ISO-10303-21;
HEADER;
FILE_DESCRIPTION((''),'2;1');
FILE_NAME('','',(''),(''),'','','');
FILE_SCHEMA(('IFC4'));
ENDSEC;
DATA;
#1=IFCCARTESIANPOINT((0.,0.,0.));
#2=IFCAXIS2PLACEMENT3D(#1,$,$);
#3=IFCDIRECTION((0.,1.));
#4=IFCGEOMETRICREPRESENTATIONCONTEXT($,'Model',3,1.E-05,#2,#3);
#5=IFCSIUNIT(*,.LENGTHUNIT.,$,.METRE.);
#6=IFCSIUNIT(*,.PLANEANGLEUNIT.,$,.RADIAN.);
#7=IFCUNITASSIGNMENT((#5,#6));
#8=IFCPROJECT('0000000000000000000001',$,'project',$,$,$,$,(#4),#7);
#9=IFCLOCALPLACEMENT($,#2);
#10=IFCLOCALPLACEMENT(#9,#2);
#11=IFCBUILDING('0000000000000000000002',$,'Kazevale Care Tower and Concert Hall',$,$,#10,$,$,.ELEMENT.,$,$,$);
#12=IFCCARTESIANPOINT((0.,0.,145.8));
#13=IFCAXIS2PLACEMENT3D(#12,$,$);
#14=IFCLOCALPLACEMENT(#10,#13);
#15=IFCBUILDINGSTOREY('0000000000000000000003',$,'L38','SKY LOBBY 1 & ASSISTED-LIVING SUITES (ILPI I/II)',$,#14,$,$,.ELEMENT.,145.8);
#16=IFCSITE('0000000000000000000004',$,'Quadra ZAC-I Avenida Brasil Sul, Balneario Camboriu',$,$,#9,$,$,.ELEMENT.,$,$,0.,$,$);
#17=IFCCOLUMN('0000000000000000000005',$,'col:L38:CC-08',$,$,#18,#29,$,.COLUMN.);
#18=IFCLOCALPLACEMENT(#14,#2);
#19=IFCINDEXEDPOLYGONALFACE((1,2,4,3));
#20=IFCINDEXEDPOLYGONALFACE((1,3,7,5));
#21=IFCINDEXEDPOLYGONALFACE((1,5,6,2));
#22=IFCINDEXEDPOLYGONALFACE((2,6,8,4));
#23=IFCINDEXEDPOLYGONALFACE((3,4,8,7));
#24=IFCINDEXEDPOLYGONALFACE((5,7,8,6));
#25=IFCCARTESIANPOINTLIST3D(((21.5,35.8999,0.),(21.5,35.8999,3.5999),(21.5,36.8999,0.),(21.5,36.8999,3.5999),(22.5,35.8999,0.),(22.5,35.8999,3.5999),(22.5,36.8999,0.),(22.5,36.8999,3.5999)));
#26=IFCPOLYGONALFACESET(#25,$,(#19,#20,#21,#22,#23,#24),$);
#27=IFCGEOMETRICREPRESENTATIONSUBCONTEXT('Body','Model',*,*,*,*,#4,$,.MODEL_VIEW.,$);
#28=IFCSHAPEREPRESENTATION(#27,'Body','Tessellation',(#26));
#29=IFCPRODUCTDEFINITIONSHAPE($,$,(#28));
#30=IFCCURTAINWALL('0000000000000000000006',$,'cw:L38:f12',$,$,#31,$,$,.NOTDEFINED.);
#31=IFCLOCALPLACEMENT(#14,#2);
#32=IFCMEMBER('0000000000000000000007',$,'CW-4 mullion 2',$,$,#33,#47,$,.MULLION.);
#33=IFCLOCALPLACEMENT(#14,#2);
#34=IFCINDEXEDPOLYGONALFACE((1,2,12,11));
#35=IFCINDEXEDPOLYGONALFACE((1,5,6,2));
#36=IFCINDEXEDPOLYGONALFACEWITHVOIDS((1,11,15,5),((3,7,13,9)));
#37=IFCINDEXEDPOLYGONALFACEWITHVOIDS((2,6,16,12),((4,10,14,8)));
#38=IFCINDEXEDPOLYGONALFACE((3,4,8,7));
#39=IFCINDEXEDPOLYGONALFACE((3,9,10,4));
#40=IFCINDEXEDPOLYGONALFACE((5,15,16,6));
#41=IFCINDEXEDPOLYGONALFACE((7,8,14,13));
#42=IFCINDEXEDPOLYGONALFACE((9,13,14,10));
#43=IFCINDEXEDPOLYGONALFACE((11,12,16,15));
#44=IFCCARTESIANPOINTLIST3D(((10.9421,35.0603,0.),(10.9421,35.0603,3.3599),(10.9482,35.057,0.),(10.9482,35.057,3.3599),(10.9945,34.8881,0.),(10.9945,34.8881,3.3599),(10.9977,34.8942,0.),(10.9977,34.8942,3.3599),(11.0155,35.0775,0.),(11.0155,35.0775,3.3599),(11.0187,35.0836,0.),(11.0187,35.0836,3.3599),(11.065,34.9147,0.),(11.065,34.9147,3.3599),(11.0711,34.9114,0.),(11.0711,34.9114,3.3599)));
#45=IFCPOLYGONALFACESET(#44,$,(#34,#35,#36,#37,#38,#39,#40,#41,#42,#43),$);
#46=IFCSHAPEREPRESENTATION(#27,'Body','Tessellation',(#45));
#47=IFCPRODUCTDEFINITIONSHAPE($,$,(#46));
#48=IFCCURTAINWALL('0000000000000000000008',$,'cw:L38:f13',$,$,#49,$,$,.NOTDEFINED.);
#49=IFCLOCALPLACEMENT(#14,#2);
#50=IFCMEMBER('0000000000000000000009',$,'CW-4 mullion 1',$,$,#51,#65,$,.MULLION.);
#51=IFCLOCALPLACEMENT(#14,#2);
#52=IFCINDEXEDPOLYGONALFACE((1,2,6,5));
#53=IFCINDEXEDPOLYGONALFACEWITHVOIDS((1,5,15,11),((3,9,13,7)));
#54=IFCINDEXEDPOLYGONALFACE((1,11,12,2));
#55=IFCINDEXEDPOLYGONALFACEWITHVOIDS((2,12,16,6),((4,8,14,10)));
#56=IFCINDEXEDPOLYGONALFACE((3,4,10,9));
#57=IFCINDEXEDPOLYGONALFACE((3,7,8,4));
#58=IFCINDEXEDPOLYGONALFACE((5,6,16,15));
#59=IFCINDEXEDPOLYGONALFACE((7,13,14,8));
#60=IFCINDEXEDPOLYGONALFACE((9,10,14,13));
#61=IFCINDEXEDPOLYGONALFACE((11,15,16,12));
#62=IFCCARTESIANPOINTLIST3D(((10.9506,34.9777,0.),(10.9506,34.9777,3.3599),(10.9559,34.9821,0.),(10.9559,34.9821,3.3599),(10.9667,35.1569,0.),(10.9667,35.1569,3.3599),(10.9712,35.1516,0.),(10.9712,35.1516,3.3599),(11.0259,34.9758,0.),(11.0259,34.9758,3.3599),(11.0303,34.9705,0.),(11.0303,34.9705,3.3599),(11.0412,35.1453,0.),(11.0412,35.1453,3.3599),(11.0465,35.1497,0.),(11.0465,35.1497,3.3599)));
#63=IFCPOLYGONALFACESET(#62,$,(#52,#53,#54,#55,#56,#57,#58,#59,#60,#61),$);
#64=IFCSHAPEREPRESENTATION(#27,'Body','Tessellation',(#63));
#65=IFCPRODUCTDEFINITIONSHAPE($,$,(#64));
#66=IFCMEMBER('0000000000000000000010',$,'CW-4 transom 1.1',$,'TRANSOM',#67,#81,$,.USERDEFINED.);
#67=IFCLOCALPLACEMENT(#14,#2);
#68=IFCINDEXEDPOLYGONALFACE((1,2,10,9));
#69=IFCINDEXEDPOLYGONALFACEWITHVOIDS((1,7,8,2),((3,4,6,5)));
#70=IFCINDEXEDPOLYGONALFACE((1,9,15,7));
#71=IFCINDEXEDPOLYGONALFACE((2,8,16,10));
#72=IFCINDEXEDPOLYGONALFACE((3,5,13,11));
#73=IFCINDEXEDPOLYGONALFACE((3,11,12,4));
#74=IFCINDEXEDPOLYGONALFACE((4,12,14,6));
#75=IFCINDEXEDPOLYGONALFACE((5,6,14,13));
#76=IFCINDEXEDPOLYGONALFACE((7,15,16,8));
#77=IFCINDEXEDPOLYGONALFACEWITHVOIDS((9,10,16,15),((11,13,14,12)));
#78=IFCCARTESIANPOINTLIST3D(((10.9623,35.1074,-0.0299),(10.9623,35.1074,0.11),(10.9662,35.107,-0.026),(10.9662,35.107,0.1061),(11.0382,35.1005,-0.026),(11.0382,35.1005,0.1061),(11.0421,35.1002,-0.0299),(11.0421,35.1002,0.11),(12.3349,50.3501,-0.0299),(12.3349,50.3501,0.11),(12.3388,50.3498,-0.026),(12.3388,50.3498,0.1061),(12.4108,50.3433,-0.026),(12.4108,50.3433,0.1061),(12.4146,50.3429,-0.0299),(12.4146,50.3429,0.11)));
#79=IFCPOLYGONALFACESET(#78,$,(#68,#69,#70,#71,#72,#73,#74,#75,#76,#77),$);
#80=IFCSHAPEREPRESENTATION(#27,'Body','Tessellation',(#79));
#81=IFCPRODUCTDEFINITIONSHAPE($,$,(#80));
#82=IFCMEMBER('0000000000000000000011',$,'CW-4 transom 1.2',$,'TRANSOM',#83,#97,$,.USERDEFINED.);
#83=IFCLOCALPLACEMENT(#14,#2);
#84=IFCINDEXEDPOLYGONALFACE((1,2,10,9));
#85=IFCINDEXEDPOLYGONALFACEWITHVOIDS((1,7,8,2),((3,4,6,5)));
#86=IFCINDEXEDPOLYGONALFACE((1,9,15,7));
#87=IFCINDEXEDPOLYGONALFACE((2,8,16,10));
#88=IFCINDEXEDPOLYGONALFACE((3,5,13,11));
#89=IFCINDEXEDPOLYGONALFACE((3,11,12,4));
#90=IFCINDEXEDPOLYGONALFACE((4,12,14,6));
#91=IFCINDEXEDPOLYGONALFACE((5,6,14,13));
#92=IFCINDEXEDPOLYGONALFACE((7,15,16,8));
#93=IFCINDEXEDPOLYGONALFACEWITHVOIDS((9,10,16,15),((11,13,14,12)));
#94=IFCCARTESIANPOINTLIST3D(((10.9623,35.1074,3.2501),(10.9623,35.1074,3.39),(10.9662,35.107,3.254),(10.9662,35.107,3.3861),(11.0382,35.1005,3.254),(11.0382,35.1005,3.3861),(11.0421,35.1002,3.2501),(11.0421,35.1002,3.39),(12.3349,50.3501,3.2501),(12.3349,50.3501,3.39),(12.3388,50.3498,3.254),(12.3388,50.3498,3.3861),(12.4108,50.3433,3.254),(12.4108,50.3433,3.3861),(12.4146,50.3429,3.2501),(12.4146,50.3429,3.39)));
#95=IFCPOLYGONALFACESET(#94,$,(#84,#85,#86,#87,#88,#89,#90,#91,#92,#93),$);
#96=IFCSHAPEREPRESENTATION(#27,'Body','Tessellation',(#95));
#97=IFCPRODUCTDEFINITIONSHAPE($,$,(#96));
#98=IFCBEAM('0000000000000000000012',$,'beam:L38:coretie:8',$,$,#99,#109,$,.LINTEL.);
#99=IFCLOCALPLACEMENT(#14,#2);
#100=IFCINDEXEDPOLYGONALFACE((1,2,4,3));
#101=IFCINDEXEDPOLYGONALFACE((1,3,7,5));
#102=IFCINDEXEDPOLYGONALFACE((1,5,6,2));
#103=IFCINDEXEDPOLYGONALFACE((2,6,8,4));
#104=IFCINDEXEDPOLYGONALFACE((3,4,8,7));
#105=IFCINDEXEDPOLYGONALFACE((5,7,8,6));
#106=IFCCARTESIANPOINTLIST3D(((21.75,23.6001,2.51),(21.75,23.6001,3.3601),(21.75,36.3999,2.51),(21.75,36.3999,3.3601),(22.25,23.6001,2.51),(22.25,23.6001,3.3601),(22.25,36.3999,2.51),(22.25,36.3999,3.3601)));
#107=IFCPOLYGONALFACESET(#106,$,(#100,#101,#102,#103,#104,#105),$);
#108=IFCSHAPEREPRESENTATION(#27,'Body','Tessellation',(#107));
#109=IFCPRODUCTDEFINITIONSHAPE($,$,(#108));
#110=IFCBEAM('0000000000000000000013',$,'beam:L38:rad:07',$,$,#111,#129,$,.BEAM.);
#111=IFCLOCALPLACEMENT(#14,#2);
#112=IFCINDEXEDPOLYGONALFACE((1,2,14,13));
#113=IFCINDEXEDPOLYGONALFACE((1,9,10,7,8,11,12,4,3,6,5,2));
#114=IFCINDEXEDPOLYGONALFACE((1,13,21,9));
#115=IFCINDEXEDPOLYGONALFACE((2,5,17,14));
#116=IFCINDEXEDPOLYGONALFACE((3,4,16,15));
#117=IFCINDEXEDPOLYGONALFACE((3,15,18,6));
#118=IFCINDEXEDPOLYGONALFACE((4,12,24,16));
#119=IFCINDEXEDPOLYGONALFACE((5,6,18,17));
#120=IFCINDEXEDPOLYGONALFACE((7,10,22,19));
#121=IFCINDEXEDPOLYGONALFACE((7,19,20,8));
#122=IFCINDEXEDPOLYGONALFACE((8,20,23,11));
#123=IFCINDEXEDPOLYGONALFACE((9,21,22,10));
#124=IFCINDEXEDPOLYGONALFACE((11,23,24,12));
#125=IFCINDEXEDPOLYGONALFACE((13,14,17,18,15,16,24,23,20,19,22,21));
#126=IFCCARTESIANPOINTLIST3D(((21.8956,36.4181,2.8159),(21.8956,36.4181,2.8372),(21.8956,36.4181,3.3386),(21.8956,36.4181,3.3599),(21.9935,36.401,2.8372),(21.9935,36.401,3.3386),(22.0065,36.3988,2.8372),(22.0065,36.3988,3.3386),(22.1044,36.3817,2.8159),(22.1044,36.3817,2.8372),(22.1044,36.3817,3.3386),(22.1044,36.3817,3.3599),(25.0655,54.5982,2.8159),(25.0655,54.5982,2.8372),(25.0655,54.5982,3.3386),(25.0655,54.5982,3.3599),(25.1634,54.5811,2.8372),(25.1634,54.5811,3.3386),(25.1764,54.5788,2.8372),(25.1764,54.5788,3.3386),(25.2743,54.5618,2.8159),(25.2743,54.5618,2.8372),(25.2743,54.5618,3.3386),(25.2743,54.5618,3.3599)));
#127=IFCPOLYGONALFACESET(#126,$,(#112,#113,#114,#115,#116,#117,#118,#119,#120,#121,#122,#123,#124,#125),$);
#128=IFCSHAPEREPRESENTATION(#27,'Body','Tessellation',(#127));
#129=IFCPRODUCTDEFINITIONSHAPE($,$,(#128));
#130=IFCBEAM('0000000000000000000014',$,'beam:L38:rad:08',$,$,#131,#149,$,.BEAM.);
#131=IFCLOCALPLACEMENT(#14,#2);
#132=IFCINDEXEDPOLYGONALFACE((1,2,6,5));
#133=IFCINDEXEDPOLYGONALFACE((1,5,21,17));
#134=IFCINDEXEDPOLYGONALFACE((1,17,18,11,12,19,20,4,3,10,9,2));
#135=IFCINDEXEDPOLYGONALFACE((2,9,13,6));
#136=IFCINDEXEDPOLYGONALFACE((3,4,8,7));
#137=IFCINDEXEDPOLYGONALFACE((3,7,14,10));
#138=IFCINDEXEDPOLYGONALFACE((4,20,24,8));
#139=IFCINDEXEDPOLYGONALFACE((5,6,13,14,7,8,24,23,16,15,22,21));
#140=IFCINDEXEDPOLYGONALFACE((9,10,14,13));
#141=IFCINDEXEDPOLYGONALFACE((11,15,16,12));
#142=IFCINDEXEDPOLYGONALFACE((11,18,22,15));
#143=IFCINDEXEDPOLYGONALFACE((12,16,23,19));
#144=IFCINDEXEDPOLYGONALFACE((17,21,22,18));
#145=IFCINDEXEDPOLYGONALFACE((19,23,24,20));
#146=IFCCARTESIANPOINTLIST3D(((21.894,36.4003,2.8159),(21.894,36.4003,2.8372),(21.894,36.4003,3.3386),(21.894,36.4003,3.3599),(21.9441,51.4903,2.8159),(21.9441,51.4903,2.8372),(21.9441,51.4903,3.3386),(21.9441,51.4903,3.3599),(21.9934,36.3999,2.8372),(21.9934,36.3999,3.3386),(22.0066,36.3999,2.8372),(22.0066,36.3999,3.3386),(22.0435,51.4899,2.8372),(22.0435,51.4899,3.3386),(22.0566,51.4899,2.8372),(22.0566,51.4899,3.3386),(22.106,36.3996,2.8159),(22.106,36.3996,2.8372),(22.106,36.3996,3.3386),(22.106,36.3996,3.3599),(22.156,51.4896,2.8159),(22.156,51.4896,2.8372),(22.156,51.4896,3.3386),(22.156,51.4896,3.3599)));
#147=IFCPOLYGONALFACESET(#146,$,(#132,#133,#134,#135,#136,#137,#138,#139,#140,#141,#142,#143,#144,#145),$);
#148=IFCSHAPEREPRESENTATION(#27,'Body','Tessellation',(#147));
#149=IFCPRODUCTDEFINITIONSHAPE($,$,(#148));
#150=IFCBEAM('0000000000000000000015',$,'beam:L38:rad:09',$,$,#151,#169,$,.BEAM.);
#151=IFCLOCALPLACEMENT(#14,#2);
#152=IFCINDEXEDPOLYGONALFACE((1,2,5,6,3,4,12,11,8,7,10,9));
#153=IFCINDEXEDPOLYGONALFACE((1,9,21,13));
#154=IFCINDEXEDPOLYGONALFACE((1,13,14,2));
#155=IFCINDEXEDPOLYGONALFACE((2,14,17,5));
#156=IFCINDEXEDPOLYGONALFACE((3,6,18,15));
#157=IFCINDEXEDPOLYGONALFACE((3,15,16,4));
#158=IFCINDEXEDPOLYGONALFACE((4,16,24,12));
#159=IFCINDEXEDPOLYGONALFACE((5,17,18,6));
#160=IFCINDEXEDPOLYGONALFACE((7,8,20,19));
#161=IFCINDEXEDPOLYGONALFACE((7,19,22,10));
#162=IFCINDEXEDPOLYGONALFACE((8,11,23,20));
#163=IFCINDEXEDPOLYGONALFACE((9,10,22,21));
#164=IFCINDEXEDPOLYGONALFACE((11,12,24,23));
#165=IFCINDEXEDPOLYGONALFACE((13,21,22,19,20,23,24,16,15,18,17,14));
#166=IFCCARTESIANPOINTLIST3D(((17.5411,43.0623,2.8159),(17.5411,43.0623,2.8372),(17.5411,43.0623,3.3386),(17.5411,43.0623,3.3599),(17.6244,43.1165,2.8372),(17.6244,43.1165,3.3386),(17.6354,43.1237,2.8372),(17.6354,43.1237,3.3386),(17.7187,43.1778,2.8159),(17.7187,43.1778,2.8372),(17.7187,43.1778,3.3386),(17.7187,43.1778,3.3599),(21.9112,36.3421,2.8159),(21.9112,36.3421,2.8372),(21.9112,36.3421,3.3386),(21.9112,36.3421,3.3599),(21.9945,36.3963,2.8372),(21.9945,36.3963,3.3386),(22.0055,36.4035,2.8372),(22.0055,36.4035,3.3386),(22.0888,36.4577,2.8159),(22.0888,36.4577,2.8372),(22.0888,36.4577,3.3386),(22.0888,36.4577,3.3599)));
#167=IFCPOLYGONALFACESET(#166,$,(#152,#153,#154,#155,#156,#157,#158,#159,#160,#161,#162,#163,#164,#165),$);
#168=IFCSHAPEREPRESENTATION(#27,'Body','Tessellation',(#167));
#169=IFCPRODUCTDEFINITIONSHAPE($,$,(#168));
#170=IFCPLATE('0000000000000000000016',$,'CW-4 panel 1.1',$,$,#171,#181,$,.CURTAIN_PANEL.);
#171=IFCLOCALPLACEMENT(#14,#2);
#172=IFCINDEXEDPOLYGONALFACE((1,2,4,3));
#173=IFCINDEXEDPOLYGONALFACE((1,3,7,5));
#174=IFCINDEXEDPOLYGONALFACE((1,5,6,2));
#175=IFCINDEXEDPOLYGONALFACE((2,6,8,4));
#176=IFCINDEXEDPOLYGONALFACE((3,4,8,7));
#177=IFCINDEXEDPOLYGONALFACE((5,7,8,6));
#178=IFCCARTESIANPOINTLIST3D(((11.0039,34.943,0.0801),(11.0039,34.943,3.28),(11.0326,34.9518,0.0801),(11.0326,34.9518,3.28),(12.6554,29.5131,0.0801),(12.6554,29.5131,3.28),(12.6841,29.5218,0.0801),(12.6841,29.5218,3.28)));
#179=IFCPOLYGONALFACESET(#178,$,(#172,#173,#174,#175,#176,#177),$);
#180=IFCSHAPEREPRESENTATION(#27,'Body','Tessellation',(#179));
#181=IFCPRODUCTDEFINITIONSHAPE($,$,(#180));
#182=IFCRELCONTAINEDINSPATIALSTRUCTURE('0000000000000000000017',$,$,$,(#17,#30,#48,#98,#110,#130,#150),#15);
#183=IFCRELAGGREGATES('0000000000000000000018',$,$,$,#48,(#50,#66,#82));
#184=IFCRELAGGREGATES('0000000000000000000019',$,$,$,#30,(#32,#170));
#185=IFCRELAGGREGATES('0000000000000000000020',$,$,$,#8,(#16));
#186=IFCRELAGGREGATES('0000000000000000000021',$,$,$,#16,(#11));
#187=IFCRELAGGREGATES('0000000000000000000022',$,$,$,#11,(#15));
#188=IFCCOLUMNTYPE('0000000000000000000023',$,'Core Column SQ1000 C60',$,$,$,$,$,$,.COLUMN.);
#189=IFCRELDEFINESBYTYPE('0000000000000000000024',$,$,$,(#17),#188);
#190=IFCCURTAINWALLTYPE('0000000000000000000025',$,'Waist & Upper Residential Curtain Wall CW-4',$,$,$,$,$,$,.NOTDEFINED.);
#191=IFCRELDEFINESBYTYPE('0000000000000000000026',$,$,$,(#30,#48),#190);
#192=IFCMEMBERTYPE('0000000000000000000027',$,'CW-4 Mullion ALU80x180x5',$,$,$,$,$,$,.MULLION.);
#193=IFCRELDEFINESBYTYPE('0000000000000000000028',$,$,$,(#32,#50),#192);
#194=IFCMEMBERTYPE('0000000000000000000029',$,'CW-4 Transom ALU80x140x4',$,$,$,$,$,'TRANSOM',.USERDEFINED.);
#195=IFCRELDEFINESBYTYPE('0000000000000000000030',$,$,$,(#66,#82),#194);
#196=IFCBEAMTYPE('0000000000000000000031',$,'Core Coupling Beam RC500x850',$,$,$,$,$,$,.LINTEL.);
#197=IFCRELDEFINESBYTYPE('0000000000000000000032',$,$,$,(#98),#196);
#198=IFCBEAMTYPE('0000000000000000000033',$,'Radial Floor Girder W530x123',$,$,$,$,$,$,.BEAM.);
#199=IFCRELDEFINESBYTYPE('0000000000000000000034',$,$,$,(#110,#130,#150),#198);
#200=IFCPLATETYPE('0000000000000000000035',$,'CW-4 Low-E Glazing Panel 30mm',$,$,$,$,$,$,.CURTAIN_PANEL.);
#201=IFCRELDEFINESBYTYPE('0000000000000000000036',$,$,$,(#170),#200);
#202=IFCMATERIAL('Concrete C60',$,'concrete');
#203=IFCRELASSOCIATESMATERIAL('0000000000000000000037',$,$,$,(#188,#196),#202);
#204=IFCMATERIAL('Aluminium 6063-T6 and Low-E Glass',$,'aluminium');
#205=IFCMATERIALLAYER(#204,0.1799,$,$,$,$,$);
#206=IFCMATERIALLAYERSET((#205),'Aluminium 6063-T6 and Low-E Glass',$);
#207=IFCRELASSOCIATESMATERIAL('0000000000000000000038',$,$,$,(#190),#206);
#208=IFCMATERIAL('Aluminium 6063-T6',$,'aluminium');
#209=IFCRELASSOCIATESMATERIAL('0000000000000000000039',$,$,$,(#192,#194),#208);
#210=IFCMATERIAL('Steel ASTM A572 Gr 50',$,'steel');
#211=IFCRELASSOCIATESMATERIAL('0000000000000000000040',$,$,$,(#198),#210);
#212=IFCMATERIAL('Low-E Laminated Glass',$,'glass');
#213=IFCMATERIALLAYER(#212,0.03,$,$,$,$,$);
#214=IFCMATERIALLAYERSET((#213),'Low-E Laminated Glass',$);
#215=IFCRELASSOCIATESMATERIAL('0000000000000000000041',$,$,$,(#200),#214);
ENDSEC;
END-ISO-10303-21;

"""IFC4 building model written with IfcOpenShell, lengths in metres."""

from ifc_helpers import new_model, si_unit, direction, frame, origin, origin_2d, place, context, subcontext, project, spatial, rectangle, hollow_rectangle, i_section, extrude, material, layer, layer_set, material_profile, profile_set, type_object, element, aggregate, save


model = new_model("IFC4")

# Units and contexts
model_context = context("Model", 3, precision=1e-05, world=origin(), true_north=direction((0.0, 1.0)))
body_context = subcontext(model_context, "Body", "Model", "MODEL_VIEW")
ifc_project = project(units=[si_unit("LENGTHUNIT", "METRE"), si_unit("PLANEANGLEUNIT", "RADIAN")], contexts=[model_context])

# Site, building, storey
site_placement = place(None, origin())
site = spatial("IfcSite", under=ifc_project, at=site_placement, Name="Quadra ZAC-I Avenida Brasil Sul, Balneario Camboriu", CompositionType="ELEMENT", RefElevation=0.0)
building_placement = place(site_placement, origin())
building = spatial("IfcBuilding", under=site, at=building_placement, Name="Kazevale Care Tower and Concert Hall", CompositionType="ELEMENT")
storey_placement = place(building_placement, frame((0.0, 0.0, 145.8)))
storey = spatial("IfcBuildingStorey", under=building, at=storey_placement, Name="L38", Description="SKY LOBBY 1 & ASSISTED-LIVING SUITES (ILPI I/II)", CompositionType="ELEMENT", Elevation=145.8)

# Column
ifc_material_1 = material(Name="Concrete C60", Category="concrete")
ifc_material_profile_1 = material_profile(ifc_material_1, rectangle(XDim=1.0, YDim=1.0, at=origin_2d()), Name="RC-SQ1000")
ifc_profile_set_1 = profile_set([ifc_material_profile_1], Name="Concrete C60")
column_type = type_object("IfcColumnType", Name="Core Column SQ1000 C60", PredefinedType="COLUMN", material=ifc_profile_set_1)
column_placement = place(storey_placement, frame((22.0, 36.3999, 0.0), z_axis=(0.0, 0.0, 1.0), x_axis=(1.0, 0.0, 0.0)))
element("IfcColumn", 1, at=column_placement, inside=storey, type_object=column_type, Name="col:L38:CC-08", PredefinedType="COLUMN", context=body_context, shape_type="SweptSolid", body=[
    extrude(rectangle(XDim=1.0, YDim=1.0, at=origin_2d()), origin(), (0.0, 0.0, 1.0), 3.5999),
])

# Curtain wall, member
ifc_material_2 = material(Name="Aluminium 6063-T6 and Low-E Glass", Category="aluminium")
ifc_layer_1 = layer(ifc_material_2, 0.1799)
ifc_layer_set_1 = layer_set([ifc_layer_1], Name="Aluminium 6063-T6 and Low-E Glass")
curtain_wall_type = type_object("IfcCurtainWallType", Name="Waist & Upper Residential Curtain Wall CW-4", PredefinedType="NOTDEFINED", material=ifc_layer_set_1)
curtain_wall_1_placement = place(storey_placement, origin())
curtain_wall_1 = element("IfcCurtainWall", 2, at=curtain_wall_1_placement, inside=storey, type_object=curtain_wall_type, Name="cw:L38:f12", PredefinedType="NOTDEFINED")
ifc_material_3 = material(Name="Aluminium 6063-T6", Category="aluminium")
ifc_material_profile_2 = material_profile(ifc_material_3, hollow_rectangle(XDim=0.0801, YDim=0.1799, WallThickness=0.0049, at=origin_2d()), Name="ALU80x180x5")
ifc_profile_set_2 = profile_set([ifc_material_profile_2], Name="Aluminium 6063-T6")
member_type_1 = type_object("IfcMemberType", Name="CW-4 Mullion ALU80x180x5", PredefinedType="MULLION", material=ifc_profile_set_2)
member_1_placement = place(storey_placement, frame((11.0066, 34.9858, 0.0), z_axis=(0.0, 0.0, 1.0), x_axis=(-0.95673, -0.290977, 0.0)))
member_1 = element("IfcMember", 3, at=member_1_placement, type_object=member_type_1, Name="CW-4 mullion 2", PredefinedType="MULLION", context=body_context, shape_type="SweptSolid", body=[
    extrude(hollow_rectangle(XDim=0.0801, YDim=0.1799, WallThickness=0.0049, at=origin_2d()), origin(), (0.0, 0.0, 1.0), 3.3599),
])

# Curtain wall, members
curtain_wall_2_placement = place(storey_placement, origin())
curtain_wall_2 = element("IfcCurtainWall", 4, at=curtain_wall_2_placement, inside=storey, type_object=curtain_wall_type, Name="cw:L38:f13", PredefinedType="NOTDEFINED")
member_2_placement = place(storey_placement, frame((10.9985, 35.0637, 0.0), z_axis=(0.0, 0.0, 1.0), x_axis=(-0.99597, 0.08969, 0.0)))
member_2 = element("IfcMember", 5, at=member_2_placement, type_object=member_type_1, Name="CW-4 mullion 1", PredefinedType="MULLION", context=body_context, shape_type="SweptSolid", body=[
    extrude(hollow_rectangle(XDim=0.0801, YDim=0.1799, WallThickness=0.0049, at=origin_2d()), origin(), (0.0, 0.0, 1.0), 3.3599),
])
ifc_material_profile_3 = material_profile(ifc_material_3, hollow_rectangle(XDim=0.0801, YDim=0.1399, WallThickness=0.0039, at=origin_2d()), Name="ALU80x140x4")
ifc_profile_set_3 = profile_set([ifc_material_profile_3], Name="Aluminium 6063-T6")
member_type_2 = type_object("IfcMemberType", Name="CW-4 Transom ALU80x140x4", ElementType="TRANSOM", PredefinedType="USERDEFINED", material=ifc_profile_set_3)
member_3_placement = place(storey_placement, frame((11.0022, 35.1038, 0.04), z_axis=(0.089684, 0.99597, 0.0), x_axis=(-0.99597, 0.089684, 0.0)))
member_3 = element("IfcMember", 6, at=member_3_placement, type_object=member_type_2, Name="CW-4 transom 1.1", ObjectType="TRANSOM", PredefinedType="USERDEFINED", context=body_context, shape_type="SweptSolid", body=[
    extrude(hollow_rectangle(XDim=0.0801, YDim=0.1399, WallThickness=0.0039, at=origin_2d()), origin(), (0.0, 0.0, 1.0), 15.3044),
])
member_4_placement = place(storey_placement, frame((11.0022, 35.1038, 3.3201), z_axis=(0.089684, 0.99597, 0.0), x_axis=(-0.99597, 0.089684, 0.0)))
member_4 = element("IfcMember", 7, at=member_4_placement, type_object=member_type_2, Name="CW-4 transom 1.2", ObjectType="TRANSOM", PredefinedType="USERDEFINED", context=body_context, shape_type="SweptSolid", body=[
    extrude(hollow_rectangle(XDim=0.0801, YDim=0.1399, WallThickness=0.0039, at=origin_2d()), origin(), (0.0, 0.0, 1.0), 15.3044),
])
aggregate(curtain_wall_2, [member_2, member_3, member_4])

# Beams
ifc_material_profile_4 = material_profile(ifc_material_1, rectangle(XDim=0.5, YDim=0.8501, at=origin_2d()), Name="RC-B500x850")
ifc_profile_set_4 = profile_set([ifc_material_profile_4], Name="Concrete C60")
beam_type_1 = type_object("IfcBeamType", Name="Core Coupling Beam RC500x850", PredefinedType="LINTEL", material=ifc_profile_set_4)
beam_1_placement = place(storey_placement, frame((22.0, 36.3999, 2.9351), z_axis=(0.0, -1.0, 0.0), x_axis=(1.0, 0.0, 0.0)))
element("IfcBeam", 8, at=beam_1_placement, inside=storey, type_object=beam_type_1, Name="beam:L38:coretie:8", PredefinedType="LINTEL", context=body_context, shape_type="SweptSolid", body=[
    extrude(rectangle(XDim=0.5, YDim=0.8501, at=origin_2d()), origin(), (0.0, 0.0, 1.0), 12.7998),
])
ifc_material_4 = material(Name="Steel ASTM A572 Gr 50", Category="steel")
ifc_material_profile_5 = material_profile(ifc_material_4, i_section(OverallWidth=0.2119, OverallDepth=0.5439, WebThickness=0.0132, FlangeThickness=0.0212, at=origin_2d()), Name="W530x123")
ifc_profile_set_5 = profile_set([ifc_material_profile_5], Name="Steel ASTM A572 Gr 50")
beam_type_2 = type_object("IfcBeamType", Name="Radial Floor Girder W530x123", PredefinedType="BEAM", material=ifc_profile_set_5)
beam_2_placement = place(storey_placement, frame((22.0, 36.3999, 3.0879), z_axis=(0.17177, 0.985137, 0.0), x_axis=(-0.985137, 0.17177, 0.0)))
element("IfcBeam", 9, at=beam_2_placement, inside=storey, type_object=beam_type_2, Name="beam:L38:rad:07", PredefinedType="BEAM", context=body_context, shape_type="SweptSolid", body=[
    extrude(i_section(OverallWidth=0.2119, OverallDepth=0.5439, WebThickness=0.0132, FlangeThickness=0.0212, at=origin_2d()), origin(), (0.0, 0.0, 1.0), 18.4543),
])
beam_3_placement = place(storey_placement, frame((22.0, 36.3999, 3.0879), z_axis=(0.003317, 0.999994, 0.0), x_axis=(-0.999994, 0.003317, 0.0)))
element("IfcBeam", 10, at=beam_3_placement, inside=storey, type_object=beam_type_2, Name="beam:L38:rad:08", PredefinedType="BEAM", context=body_context, shape_type="SweptSolid", body=[
    extrude(i_section(OverallWidth=0.2119, OverallDepth=0.5439, WebThickness=0.0132, FlangeThickness=0.0212, at=origin_2d()), origin(), (0.0, 0.0, 1.0), 15.0901),
])
beam_4_placement = place(storey_placement, frame((22.0, 36.3999, 3.0879), z_axis=(-0.545162, 0.838331, 0.0), x_axis=(-0.838331, -0.545162, 0.0)))
element("IfcBeam", 11, at=beam_4_placement, inside=storey, type_object=beam_type_2, Name="beam:L38:rad:09", PredefinedType="BEAM", context=body_context, shape_type="SweptSolid", body=[
    extrude(i_section(OverallWidth=0.2119, OverallDepth=0.5439, WebThickness=0.0132, FlangeThickness=0.0212, at=origin_2d()), origin(), (0.0, 0.0, 1.0), 8.0161),
])

# Plate
ifc_material_5 = material(Name="Low-E Laminated Glass", Category="glass")
ifc_layer_2 = layer(ifc_material_5, 0.03)
ifc_layer_set_2 = layer_set([ifc_layer_2], Name="Low-E Laminated Glass")
plate_type = type_object("IfcPlateType", Name="CW-4 Low-E Glazing Panel 30mm", PredefinedType="CURTAIN_PANEL", material=ifc_layer_set_2)
plate_placement = place(storey_placement, frame((11.844, 32.2324, 0.0801), z_axis=(0.0, 0.0, 1.0), x_axis=(-0.290977, 0.95673, 0.0)))
plate = element("IfcPlate", 12, at=plate_placement, type_object=plate_type, Name="CW-4 panel 1.1", PredefinedType="CURTAIN_PANEL", context=body_context, shape_type="SweptSolid", body=[
    extrude(rectangle(XDim=5.6755, YDim=0.03, at=origin_2d()), origin(), (0.0, 0.0, 1.0), 3.2),
])
aggregate(curtain_wall_1, [member_1, plate])

save(model, "model.ifc")
